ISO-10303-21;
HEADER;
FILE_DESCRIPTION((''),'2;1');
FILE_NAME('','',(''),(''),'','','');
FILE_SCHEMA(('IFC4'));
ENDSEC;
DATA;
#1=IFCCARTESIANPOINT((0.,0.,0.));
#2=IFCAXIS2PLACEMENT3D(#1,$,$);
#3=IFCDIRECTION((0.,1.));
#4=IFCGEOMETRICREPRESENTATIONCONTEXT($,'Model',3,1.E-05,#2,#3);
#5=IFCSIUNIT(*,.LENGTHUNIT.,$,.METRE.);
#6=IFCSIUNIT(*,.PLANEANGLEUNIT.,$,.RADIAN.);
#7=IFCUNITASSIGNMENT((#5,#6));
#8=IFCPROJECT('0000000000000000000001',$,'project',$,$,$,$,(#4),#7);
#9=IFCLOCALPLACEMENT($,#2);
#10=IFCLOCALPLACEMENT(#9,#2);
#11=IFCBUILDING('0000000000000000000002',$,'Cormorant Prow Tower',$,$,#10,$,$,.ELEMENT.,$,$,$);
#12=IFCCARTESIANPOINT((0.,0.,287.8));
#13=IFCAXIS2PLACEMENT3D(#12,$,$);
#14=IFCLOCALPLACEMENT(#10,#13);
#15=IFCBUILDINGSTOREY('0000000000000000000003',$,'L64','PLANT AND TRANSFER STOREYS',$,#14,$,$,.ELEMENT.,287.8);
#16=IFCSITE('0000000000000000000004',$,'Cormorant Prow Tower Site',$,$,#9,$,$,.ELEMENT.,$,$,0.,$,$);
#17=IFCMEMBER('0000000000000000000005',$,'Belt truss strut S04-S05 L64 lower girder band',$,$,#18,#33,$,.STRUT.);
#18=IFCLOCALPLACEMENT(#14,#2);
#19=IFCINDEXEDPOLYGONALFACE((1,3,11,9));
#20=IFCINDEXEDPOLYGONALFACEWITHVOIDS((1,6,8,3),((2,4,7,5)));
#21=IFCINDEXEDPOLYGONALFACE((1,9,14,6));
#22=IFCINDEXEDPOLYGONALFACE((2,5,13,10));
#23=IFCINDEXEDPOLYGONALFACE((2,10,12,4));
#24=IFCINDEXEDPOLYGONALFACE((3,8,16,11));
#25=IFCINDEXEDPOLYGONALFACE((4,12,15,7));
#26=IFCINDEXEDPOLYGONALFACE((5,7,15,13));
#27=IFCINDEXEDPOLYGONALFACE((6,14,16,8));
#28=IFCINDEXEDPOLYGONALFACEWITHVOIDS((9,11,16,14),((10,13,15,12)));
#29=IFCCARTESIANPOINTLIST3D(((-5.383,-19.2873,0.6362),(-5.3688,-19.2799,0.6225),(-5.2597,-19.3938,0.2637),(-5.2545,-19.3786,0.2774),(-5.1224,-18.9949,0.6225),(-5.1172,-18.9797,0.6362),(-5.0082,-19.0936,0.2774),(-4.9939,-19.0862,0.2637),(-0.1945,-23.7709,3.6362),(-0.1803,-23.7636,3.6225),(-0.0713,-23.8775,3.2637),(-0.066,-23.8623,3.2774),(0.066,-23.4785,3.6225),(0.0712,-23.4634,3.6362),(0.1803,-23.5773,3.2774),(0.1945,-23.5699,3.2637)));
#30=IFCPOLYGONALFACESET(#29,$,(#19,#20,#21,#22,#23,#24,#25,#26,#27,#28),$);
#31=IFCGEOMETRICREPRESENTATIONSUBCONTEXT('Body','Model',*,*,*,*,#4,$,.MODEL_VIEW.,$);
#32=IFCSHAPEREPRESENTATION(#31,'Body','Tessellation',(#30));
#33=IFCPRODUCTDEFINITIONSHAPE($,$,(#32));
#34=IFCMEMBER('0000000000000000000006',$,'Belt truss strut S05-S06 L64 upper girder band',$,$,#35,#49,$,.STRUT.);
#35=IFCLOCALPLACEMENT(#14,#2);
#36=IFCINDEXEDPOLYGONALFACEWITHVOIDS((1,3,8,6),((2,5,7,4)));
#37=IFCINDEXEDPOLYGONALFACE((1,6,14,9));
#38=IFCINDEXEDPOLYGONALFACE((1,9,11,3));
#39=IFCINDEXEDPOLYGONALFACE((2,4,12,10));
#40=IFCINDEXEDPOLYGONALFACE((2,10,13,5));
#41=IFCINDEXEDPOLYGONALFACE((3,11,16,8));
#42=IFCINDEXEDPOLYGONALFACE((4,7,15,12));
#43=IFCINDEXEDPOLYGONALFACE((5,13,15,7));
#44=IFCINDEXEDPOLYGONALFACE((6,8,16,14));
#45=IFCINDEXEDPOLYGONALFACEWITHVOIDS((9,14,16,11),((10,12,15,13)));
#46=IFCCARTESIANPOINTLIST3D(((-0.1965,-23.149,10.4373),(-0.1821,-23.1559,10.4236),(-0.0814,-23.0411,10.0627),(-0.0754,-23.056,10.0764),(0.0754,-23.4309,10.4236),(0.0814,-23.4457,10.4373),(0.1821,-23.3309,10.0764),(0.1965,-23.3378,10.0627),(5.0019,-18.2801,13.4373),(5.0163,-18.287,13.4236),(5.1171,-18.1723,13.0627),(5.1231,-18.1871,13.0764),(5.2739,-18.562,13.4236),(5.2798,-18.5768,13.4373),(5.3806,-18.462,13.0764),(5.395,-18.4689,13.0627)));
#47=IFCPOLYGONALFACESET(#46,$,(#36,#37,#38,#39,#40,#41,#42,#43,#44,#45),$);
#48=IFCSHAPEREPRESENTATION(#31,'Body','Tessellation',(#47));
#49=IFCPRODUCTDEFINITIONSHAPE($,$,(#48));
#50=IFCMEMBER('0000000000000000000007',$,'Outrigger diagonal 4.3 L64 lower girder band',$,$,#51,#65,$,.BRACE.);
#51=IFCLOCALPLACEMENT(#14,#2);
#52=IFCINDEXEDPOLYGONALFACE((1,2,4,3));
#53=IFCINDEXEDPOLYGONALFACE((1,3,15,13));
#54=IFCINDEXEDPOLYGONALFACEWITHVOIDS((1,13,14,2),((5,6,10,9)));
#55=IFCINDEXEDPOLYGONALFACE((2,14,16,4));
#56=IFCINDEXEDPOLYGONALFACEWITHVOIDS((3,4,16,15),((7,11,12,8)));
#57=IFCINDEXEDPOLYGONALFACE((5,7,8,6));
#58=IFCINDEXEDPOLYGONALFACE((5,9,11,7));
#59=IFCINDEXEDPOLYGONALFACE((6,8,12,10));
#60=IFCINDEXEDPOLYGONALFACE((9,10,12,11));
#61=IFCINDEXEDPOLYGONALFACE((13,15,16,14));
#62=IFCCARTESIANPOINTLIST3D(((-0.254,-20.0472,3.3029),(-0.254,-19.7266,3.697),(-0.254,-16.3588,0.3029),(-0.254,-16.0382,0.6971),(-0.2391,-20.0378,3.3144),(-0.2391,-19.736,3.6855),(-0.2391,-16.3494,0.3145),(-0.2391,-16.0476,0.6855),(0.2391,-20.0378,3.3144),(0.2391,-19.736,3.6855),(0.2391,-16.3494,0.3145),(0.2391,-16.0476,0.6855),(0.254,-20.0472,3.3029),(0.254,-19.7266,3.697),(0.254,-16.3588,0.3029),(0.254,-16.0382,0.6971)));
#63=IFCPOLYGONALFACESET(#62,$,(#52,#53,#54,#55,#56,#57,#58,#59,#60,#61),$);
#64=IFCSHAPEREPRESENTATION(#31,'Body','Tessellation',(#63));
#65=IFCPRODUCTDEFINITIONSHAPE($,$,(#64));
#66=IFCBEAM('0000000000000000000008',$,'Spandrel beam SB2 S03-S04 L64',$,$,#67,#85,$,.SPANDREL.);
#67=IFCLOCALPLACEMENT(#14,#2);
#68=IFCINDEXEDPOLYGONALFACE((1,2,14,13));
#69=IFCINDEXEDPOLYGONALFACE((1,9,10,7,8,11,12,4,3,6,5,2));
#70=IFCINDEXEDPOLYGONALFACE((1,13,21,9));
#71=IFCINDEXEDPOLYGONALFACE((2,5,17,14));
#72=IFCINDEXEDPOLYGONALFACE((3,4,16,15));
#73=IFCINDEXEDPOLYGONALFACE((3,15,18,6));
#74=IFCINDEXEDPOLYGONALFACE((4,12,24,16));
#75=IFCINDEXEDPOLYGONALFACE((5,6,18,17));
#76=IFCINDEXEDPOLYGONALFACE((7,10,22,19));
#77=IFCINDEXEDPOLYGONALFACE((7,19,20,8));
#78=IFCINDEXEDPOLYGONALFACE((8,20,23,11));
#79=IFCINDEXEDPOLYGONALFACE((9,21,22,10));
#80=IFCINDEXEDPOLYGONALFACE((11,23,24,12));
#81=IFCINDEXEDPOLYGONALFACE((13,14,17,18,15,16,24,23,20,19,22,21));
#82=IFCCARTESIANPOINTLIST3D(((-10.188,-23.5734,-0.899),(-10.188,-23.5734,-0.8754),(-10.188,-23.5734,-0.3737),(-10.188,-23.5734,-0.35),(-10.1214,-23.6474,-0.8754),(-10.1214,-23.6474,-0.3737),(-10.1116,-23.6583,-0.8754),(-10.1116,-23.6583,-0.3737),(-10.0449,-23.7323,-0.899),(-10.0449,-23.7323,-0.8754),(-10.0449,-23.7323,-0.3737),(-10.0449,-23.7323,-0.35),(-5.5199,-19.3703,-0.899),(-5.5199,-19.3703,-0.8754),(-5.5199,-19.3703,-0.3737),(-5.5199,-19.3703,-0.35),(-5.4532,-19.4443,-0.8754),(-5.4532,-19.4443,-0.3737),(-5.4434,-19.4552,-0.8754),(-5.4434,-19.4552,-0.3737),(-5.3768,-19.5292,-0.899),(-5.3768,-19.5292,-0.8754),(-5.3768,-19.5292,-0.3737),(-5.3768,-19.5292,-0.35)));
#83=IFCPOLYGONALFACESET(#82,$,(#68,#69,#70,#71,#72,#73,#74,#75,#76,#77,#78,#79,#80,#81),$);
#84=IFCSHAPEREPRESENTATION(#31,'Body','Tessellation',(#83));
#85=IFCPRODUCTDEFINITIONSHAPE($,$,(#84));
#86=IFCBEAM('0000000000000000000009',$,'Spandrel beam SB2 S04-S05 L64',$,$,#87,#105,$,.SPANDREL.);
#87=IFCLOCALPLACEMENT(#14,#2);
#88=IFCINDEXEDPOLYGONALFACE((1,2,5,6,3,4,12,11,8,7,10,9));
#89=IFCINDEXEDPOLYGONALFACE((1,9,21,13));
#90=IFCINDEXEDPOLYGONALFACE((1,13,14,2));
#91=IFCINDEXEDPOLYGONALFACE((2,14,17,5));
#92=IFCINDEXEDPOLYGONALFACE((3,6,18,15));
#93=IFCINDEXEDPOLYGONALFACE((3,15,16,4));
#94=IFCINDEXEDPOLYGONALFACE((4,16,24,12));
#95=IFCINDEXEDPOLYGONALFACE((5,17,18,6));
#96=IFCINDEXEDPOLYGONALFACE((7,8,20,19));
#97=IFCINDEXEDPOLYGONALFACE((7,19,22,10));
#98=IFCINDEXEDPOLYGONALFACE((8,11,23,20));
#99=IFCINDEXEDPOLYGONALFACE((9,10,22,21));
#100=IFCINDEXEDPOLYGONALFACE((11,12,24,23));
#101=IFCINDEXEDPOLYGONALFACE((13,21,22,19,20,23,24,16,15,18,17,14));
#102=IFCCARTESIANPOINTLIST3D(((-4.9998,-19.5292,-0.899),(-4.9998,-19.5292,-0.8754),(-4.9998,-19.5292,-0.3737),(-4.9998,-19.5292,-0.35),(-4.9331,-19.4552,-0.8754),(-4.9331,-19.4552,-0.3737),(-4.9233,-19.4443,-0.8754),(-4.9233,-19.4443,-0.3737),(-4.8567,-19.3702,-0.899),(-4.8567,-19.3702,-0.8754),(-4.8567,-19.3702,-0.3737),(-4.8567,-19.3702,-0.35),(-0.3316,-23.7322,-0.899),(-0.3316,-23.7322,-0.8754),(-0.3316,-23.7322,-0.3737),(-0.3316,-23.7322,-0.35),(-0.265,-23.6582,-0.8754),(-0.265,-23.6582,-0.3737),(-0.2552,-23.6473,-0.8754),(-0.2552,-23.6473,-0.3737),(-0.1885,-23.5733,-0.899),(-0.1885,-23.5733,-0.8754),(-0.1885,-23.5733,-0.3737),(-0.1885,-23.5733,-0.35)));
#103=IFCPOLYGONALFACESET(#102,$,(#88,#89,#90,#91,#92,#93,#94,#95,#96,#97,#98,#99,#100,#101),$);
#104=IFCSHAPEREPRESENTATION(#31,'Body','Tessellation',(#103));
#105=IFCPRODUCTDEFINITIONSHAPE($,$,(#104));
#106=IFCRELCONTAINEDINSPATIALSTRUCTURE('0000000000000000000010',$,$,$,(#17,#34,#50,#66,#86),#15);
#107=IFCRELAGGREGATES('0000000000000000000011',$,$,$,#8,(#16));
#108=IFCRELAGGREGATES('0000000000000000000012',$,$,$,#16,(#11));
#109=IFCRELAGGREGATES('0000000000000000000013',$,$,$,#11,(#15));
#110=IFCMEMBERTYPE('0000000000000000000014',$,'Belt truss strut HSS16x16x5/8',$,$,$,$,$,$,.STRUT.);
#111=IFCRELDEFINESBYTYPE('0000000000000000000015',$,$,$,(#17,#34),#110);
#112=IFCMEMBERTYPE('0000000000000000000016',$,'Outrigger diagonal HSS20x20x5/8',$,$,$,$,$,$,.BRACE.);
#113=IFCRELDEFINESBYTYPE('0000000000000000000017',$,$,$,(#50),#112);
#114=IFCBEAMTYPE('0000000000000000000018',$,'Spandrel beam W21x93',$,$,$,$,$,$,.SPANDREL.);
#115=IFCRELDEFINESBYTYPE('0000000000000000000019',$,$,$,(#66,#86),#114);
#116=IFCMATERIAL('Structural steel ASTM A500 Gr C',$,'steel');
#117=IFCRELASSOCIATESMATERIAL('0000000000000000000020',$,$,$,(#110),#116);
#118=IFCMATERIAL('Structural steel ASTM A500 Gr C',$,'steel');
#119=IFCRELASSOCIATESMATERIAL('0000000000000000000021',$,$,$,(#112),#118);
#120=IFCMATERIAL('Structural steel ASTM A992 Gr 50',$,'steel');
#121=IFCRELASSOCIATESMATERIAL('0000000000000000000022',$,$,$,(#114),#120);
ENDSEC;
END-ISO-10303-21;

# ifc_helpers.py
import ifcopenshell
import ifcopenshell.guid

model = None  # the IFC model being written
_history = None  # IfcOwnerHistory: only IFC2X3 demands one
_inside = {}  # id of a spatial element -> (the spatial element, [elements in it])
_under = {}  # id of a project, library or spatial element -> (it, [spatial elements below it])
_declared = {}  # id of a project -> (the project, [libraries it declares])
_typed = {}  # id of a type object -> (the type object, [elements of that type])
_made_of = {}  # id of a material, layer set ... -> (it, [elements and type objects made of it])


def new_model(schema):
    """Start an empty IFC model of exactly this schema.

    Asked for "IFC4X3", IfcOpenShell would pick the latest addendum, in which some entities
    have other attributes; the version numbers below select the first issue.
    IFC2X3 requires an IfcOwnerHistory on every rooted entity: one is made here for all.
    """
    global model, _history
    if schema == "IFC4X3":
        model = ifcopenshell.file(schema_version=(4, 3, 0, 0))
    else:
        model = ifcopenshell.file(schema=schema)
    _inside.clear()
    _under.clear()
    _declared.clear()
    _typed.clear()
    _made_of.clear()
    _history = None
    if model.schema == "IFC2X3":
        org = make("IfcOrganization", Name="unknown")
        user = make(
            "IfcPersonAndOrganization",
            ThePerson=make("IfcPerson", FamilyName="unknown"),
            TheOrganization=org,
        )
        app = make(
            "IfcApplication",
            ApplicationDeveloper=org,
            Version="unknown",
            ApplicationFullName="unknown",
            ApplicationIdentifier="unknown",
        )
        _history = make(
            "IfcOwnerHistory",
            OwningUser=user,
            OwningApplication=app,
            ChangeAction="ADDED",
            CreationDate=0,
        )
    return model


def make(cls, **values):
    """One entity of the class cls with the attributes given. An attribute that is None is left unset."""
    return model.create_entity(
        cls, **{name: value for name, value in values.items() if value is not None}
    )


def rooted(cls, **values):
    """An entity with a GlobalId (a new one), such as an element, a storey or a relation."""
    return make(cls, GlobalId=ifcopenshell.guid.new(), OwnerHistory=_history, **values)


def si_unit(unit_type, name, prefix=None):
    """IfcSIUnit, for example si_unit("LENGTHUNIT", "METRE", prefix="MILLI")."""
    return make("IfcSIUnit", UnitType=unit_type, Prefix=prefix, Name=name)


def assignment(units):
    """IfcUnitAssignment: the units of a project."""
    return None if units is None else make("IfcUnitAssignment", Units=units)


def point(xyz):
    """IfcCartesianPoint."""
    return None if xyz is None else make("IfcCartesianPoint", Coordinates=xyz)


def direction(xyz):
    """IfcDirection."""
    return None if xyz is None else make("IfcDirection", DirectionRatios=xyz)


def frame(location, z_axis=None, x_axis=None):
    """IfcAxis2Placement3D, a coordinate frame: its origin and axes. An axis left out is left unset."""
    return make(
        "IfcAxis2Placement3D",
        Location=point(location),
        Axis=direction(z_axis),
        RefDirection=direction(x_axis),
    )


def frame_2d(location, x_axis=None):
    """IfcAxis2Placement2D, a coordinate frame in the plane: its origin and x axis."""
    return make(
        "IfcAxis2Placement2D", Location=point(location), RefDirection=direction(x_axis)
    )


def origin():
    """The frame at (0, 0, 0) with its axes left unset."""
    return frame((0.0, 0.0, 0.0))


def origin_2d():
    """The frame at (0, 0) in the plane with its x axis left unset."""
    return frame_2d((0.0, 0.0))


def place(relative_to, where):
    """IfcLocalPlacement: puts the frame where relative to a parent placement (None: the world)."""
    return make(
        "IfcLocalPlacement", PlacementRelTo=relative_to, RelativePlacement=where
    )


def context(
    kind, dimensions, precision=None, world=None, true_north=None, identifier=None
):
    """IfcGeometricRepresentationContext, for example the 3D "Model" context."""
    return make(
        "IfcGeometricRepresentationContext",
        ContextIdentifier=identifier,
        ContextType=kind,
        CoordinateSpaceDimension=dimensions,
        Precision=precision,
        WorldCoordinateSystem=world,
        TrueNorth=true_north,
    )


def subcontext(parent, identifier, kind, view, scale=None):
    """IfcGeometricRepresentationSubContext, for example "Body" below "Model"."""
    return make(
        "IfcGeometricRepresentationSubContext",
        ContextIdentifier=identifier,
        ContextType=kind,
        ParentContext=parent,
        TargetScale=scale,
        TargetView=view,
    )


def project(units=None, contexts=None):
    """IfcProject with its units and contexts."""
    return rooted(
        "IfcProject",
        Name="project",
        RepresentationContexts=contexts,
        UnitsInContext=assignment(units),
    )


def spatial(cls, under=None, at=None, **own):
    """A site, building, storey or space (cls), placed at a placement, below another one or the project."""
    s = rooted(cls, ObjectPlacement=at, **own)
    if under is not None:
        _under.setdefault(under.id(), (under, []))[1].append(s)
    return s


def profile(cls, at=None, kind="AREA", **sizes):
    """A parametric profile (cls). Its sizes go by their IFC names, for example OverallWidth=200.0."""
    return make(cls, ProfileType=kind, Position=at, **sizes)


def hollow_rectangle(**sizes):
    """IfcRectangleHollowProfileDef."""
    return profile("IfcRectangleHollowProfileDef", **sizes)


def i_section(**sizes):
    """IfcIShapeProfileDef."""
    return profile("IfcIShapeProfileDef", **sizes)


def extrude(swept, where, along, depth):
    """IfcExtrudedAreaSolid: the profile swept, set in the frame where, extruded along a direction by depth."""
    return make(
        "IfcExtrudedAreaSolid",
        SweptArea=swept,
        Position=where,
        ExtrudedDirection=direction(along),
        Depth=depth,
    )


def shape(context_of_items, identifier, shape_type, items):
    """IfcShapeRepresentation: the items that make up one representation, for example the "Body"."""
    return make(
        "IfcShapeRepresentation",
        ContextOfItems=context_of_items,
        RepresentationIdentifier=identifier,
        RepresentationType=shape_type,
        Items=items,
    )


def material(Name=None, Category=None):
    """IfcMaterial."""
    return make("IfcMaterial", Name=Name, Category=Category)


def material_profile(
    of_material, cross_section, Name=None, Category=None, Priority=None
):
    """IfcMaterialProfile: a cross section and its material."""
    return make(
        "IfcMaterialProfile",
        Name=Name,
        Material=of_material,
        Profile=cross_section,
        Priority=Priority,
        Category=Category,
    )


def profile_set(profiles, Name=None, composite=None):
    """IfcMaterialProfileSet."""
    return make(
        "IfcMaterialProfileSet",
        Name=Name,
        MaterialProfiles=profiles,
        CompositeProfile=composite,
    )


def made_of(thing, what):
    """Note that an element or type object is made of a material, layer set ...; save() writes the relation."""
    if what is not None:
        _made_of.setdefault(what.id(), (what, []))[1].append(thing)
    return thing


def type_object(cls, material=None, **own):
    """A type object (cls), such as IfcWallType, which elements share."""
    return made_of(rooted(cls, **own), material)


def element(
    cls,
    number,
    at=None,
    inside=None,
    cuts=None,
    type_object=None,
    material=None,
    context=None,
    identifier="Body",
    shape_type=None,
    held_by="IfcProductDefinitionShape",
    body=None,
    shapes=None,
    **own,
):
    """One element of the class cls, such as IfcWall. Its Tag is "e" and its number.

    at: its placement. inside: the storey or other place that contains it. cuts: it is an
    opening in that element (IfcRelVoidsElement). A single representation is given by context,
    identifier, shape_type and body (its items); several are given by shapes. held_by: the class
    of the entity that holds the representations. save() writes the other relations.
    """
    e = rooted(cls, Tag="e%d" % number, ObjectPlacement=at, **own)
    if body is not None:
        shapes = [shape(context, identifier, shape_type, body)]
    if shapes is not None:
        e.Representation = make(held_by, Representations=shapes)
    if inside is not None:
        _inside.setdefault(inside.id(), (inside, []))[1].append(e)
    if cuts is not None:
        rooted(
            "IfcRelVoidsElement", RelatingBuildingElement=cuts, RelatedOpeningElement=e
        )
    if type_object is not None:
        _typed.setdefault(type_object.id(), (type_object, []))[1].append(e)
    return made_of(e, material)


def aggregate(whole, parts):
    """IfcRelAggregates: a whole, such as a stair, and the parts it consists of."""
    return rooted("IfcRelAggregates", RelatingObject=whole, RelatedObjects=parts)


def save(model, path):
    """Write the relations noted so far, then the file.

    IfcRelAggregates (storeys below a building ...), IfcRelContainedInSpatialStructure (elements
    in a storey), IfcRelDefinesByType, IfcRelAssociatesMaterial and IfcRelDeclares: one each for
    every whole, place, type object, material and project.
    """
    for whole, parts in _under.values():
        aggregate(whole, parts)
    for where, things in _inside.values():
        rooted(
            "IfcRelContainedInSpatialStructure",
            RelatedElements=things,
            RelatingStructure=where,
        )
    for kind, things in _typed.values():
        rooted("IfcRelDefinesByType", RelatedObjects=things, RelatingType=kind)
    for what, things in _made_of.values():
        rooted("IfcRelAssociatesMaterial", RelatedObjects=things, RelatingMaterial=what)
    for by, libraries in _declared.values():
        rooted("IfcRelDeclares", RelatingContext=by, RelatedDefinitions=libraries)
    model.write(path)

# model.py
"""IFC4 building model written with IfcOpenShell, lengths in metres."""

from ifc_helpers import new_model, si_unit, direction, frame, origin, origin_2d, place, context, subcontext, project, spatial, hollow_rectangle, i_section, extrude, material, material_profile, profile_set, type_object, element, save


model = new_model("IFC4")

# Units and contexts
model_context = context("Model", 3, precision=1e-05, world=origin(), true_north=direction((0.0, 1.0)))
body_context = subcontext(model_context, "Body", "Model", "MODEL_VIEW")
ifc_project = project(units=[si_unit("LENGTHUNIT", "METRE"), si_unit("PLANEANGLEUNIT", "RADIAN")], contexts=[model_context])

# Site, building, storey
site_placement = place(None, origin())
site = spatial("IfcSite", under=ifc_project, at=site_placement, Name="Cormorant Prow Tower Site", CompositionType="ELEMENT", RefElevation=0.0)
building_placement = place(site_placement, origin())
building = spatial("IfcBuilding", under=site, at=building_placement, Name="Cormorant Prow Tower", CompositionType="ELEMENT")
storey_placement = place(building_placement, frame((0.0, 0.0, 287.8)))
storey = spatial("IfcBuildingStorey", under=building, at=storey_placement, Name="L64", Description="PLANT AND TRANSFER STOREYS", CompositionType="ELEMENT", Elevation=287.8)

# Members
ifc_material_1 = material(Name="Structural steel ASTM A500 Gr C", Category="steel")
ifc_material_profile_1 = material_profile(ifc_material_1, hollow_rectangle(XDim=0.4065, YDim=0.4065, WallThickness=0.0149, at=origin_2d()), Name="HSS16x16x5/8")
ifc_profile_set_1 = profile_set([ifc_material_profile_1], Name="Structural steel ASTM A500 Gr C")
member_type_1 = type_object("IfcMemberType", Name="Belt truss strut HSS16x16x5/8", PredefinedType="STRUT", material=ifc_profile_set_1)
member_1_placement = place(storey_placement, frame((-5.1885, -19.1868, 0.45), z_axis=(0.693195, -0.599027, 0.400808), x_axis=(0.653844, 0.756629, 0.0)))
element("IfcMember", 1, at=member_1_placement, inside=storey, type_object=member_type_1, Name="Belt truss strut S04-S05 L64 lower girder band", PredefinedType="STRUT", context=body_context, shape_type="SweptSolid", body=[
    extrude(hollow_rectangle(XDim=0.4065, YDim=0.4065, WallThickness=0.0149, at=origin_2d()), origin(), (0.0, 0.0, 1.0), 7.4849),
])
member_2_placement = place(storey_placement, frame((0.0, -23.2434, 10.25), z_axis=(0.672635, 0.629989, 0.388171), x_axis=(-0.683591, 0.729865, 0.0)))
element("IfcMember", 2, at=member_2_placement, inside=storey, type_object=member_type_1, Name="Belt truss strut S05-S06 L64 upper girder band", PredefinedType="STRUT", context=body_context, shape_type="SweptSolid", body=[
    extrude(hollow_rectangle(XDim=0.4065, YDim=0.4065, WallThickness=0.0149, at=origin_2d()), origin(), (0.0, 0.0, 1.0), 7.7285),
])
ifc_material_2 = material(Name="Structural steel ASTM A500 Gr C", Category="steel")
ifc_material_profile_2 = material_profile(ifc_material_2, hollow_rectangle(XDim=0.5081, YDim=0.5081, WallThickness=0.0149, at=origin_2d()), Name="HSS20x20x5/8")
ifc_profile_set_2 = profile_set([ifc_material_profile_2], Name="Structural steel ASTM A500 Gr C")
member_type_2 = type_object("IfcMemberType", Name="Outrigger diagonal HSS20x20x5/8", PredefinedType="BRACE", material=ifc_profile_set_2)
member_3_placement = place(storey_placement, frame((0.0, -16.1985, 0.5), z_axis=(0.0, -0.775793, 0.630987), x_axis=(1.0, 0.0, 0.0)))
element("IfcMember", 3, at=member_3_placement, inside=storey, type_object=member_type_2, Name="Outrigger diagonal 4.3 L64 lower girder band", PredefinedType="BRACE", context=body_context, shape_type="SweptSolid", body=[
    extrude(hollow_rectangle(XDim=0.5081, YDim=0.5081, WallThickness=0.0149, at=origin_2d()), origin(), (0.0, 0.0, 1.0), 4.7544),
])

# Beams
ifc_material_3 = material(Name="Structural steel ASTM A992 Gr 50", Category="steel")
ifc_material_profile_3 = material_profile(ifc_material_3, i_section(OverallWidth=0.2139, OverallDepth=0.5491, WebThickness=0.0146, FlangeThickness=0.0237, at=origin_2d()), Name="W21x93")
ifc_profile_set_3 = profile_set([ifc_material_profile_3], Name="Structural steel ASTM A992 Gr 50")
beam_type = type_object("IfcBeamType", Name="Spandrel beam W21x93", PredefinedType="SPANDREL", material=ifc_profile_set_3)
for number, where, z_axis, x_axis, name in (
    (4, (-10.1165, -23.6528, -0.6245), (0.743157, 0.669117, 0.0), (-0.669117, 0.743157, 0.0), "Spandrel beam SB2 S03-S04 L64"),
    (5, (-4.9282, -19.4497, -0.6245), (0.743157, -0.669117, 0.0), (0.669117, 0.743157, 0.0), "Spandrel beam SB2 S04-S05 L64"),
):
    element("IfcBeam", number, at=place(storey_placement, frame(where, z_axis=z_axis, x_axis=x_axis)), inside=storey, type_object=beam_type, Name=name, PredefinedType="SPANDREL", context=body_context, shape_type="SweptSolid", body=[
        extrude(i_section(OverallWidth=0.2139, OverallDepth=0.5491, WebThickness=0.0146, FlangeThickness=0.0237, at=origin_2d()), origin(), (0.0, 0.0, 1.0), 6.2815),
    ])

save(model, "model.ifc")
